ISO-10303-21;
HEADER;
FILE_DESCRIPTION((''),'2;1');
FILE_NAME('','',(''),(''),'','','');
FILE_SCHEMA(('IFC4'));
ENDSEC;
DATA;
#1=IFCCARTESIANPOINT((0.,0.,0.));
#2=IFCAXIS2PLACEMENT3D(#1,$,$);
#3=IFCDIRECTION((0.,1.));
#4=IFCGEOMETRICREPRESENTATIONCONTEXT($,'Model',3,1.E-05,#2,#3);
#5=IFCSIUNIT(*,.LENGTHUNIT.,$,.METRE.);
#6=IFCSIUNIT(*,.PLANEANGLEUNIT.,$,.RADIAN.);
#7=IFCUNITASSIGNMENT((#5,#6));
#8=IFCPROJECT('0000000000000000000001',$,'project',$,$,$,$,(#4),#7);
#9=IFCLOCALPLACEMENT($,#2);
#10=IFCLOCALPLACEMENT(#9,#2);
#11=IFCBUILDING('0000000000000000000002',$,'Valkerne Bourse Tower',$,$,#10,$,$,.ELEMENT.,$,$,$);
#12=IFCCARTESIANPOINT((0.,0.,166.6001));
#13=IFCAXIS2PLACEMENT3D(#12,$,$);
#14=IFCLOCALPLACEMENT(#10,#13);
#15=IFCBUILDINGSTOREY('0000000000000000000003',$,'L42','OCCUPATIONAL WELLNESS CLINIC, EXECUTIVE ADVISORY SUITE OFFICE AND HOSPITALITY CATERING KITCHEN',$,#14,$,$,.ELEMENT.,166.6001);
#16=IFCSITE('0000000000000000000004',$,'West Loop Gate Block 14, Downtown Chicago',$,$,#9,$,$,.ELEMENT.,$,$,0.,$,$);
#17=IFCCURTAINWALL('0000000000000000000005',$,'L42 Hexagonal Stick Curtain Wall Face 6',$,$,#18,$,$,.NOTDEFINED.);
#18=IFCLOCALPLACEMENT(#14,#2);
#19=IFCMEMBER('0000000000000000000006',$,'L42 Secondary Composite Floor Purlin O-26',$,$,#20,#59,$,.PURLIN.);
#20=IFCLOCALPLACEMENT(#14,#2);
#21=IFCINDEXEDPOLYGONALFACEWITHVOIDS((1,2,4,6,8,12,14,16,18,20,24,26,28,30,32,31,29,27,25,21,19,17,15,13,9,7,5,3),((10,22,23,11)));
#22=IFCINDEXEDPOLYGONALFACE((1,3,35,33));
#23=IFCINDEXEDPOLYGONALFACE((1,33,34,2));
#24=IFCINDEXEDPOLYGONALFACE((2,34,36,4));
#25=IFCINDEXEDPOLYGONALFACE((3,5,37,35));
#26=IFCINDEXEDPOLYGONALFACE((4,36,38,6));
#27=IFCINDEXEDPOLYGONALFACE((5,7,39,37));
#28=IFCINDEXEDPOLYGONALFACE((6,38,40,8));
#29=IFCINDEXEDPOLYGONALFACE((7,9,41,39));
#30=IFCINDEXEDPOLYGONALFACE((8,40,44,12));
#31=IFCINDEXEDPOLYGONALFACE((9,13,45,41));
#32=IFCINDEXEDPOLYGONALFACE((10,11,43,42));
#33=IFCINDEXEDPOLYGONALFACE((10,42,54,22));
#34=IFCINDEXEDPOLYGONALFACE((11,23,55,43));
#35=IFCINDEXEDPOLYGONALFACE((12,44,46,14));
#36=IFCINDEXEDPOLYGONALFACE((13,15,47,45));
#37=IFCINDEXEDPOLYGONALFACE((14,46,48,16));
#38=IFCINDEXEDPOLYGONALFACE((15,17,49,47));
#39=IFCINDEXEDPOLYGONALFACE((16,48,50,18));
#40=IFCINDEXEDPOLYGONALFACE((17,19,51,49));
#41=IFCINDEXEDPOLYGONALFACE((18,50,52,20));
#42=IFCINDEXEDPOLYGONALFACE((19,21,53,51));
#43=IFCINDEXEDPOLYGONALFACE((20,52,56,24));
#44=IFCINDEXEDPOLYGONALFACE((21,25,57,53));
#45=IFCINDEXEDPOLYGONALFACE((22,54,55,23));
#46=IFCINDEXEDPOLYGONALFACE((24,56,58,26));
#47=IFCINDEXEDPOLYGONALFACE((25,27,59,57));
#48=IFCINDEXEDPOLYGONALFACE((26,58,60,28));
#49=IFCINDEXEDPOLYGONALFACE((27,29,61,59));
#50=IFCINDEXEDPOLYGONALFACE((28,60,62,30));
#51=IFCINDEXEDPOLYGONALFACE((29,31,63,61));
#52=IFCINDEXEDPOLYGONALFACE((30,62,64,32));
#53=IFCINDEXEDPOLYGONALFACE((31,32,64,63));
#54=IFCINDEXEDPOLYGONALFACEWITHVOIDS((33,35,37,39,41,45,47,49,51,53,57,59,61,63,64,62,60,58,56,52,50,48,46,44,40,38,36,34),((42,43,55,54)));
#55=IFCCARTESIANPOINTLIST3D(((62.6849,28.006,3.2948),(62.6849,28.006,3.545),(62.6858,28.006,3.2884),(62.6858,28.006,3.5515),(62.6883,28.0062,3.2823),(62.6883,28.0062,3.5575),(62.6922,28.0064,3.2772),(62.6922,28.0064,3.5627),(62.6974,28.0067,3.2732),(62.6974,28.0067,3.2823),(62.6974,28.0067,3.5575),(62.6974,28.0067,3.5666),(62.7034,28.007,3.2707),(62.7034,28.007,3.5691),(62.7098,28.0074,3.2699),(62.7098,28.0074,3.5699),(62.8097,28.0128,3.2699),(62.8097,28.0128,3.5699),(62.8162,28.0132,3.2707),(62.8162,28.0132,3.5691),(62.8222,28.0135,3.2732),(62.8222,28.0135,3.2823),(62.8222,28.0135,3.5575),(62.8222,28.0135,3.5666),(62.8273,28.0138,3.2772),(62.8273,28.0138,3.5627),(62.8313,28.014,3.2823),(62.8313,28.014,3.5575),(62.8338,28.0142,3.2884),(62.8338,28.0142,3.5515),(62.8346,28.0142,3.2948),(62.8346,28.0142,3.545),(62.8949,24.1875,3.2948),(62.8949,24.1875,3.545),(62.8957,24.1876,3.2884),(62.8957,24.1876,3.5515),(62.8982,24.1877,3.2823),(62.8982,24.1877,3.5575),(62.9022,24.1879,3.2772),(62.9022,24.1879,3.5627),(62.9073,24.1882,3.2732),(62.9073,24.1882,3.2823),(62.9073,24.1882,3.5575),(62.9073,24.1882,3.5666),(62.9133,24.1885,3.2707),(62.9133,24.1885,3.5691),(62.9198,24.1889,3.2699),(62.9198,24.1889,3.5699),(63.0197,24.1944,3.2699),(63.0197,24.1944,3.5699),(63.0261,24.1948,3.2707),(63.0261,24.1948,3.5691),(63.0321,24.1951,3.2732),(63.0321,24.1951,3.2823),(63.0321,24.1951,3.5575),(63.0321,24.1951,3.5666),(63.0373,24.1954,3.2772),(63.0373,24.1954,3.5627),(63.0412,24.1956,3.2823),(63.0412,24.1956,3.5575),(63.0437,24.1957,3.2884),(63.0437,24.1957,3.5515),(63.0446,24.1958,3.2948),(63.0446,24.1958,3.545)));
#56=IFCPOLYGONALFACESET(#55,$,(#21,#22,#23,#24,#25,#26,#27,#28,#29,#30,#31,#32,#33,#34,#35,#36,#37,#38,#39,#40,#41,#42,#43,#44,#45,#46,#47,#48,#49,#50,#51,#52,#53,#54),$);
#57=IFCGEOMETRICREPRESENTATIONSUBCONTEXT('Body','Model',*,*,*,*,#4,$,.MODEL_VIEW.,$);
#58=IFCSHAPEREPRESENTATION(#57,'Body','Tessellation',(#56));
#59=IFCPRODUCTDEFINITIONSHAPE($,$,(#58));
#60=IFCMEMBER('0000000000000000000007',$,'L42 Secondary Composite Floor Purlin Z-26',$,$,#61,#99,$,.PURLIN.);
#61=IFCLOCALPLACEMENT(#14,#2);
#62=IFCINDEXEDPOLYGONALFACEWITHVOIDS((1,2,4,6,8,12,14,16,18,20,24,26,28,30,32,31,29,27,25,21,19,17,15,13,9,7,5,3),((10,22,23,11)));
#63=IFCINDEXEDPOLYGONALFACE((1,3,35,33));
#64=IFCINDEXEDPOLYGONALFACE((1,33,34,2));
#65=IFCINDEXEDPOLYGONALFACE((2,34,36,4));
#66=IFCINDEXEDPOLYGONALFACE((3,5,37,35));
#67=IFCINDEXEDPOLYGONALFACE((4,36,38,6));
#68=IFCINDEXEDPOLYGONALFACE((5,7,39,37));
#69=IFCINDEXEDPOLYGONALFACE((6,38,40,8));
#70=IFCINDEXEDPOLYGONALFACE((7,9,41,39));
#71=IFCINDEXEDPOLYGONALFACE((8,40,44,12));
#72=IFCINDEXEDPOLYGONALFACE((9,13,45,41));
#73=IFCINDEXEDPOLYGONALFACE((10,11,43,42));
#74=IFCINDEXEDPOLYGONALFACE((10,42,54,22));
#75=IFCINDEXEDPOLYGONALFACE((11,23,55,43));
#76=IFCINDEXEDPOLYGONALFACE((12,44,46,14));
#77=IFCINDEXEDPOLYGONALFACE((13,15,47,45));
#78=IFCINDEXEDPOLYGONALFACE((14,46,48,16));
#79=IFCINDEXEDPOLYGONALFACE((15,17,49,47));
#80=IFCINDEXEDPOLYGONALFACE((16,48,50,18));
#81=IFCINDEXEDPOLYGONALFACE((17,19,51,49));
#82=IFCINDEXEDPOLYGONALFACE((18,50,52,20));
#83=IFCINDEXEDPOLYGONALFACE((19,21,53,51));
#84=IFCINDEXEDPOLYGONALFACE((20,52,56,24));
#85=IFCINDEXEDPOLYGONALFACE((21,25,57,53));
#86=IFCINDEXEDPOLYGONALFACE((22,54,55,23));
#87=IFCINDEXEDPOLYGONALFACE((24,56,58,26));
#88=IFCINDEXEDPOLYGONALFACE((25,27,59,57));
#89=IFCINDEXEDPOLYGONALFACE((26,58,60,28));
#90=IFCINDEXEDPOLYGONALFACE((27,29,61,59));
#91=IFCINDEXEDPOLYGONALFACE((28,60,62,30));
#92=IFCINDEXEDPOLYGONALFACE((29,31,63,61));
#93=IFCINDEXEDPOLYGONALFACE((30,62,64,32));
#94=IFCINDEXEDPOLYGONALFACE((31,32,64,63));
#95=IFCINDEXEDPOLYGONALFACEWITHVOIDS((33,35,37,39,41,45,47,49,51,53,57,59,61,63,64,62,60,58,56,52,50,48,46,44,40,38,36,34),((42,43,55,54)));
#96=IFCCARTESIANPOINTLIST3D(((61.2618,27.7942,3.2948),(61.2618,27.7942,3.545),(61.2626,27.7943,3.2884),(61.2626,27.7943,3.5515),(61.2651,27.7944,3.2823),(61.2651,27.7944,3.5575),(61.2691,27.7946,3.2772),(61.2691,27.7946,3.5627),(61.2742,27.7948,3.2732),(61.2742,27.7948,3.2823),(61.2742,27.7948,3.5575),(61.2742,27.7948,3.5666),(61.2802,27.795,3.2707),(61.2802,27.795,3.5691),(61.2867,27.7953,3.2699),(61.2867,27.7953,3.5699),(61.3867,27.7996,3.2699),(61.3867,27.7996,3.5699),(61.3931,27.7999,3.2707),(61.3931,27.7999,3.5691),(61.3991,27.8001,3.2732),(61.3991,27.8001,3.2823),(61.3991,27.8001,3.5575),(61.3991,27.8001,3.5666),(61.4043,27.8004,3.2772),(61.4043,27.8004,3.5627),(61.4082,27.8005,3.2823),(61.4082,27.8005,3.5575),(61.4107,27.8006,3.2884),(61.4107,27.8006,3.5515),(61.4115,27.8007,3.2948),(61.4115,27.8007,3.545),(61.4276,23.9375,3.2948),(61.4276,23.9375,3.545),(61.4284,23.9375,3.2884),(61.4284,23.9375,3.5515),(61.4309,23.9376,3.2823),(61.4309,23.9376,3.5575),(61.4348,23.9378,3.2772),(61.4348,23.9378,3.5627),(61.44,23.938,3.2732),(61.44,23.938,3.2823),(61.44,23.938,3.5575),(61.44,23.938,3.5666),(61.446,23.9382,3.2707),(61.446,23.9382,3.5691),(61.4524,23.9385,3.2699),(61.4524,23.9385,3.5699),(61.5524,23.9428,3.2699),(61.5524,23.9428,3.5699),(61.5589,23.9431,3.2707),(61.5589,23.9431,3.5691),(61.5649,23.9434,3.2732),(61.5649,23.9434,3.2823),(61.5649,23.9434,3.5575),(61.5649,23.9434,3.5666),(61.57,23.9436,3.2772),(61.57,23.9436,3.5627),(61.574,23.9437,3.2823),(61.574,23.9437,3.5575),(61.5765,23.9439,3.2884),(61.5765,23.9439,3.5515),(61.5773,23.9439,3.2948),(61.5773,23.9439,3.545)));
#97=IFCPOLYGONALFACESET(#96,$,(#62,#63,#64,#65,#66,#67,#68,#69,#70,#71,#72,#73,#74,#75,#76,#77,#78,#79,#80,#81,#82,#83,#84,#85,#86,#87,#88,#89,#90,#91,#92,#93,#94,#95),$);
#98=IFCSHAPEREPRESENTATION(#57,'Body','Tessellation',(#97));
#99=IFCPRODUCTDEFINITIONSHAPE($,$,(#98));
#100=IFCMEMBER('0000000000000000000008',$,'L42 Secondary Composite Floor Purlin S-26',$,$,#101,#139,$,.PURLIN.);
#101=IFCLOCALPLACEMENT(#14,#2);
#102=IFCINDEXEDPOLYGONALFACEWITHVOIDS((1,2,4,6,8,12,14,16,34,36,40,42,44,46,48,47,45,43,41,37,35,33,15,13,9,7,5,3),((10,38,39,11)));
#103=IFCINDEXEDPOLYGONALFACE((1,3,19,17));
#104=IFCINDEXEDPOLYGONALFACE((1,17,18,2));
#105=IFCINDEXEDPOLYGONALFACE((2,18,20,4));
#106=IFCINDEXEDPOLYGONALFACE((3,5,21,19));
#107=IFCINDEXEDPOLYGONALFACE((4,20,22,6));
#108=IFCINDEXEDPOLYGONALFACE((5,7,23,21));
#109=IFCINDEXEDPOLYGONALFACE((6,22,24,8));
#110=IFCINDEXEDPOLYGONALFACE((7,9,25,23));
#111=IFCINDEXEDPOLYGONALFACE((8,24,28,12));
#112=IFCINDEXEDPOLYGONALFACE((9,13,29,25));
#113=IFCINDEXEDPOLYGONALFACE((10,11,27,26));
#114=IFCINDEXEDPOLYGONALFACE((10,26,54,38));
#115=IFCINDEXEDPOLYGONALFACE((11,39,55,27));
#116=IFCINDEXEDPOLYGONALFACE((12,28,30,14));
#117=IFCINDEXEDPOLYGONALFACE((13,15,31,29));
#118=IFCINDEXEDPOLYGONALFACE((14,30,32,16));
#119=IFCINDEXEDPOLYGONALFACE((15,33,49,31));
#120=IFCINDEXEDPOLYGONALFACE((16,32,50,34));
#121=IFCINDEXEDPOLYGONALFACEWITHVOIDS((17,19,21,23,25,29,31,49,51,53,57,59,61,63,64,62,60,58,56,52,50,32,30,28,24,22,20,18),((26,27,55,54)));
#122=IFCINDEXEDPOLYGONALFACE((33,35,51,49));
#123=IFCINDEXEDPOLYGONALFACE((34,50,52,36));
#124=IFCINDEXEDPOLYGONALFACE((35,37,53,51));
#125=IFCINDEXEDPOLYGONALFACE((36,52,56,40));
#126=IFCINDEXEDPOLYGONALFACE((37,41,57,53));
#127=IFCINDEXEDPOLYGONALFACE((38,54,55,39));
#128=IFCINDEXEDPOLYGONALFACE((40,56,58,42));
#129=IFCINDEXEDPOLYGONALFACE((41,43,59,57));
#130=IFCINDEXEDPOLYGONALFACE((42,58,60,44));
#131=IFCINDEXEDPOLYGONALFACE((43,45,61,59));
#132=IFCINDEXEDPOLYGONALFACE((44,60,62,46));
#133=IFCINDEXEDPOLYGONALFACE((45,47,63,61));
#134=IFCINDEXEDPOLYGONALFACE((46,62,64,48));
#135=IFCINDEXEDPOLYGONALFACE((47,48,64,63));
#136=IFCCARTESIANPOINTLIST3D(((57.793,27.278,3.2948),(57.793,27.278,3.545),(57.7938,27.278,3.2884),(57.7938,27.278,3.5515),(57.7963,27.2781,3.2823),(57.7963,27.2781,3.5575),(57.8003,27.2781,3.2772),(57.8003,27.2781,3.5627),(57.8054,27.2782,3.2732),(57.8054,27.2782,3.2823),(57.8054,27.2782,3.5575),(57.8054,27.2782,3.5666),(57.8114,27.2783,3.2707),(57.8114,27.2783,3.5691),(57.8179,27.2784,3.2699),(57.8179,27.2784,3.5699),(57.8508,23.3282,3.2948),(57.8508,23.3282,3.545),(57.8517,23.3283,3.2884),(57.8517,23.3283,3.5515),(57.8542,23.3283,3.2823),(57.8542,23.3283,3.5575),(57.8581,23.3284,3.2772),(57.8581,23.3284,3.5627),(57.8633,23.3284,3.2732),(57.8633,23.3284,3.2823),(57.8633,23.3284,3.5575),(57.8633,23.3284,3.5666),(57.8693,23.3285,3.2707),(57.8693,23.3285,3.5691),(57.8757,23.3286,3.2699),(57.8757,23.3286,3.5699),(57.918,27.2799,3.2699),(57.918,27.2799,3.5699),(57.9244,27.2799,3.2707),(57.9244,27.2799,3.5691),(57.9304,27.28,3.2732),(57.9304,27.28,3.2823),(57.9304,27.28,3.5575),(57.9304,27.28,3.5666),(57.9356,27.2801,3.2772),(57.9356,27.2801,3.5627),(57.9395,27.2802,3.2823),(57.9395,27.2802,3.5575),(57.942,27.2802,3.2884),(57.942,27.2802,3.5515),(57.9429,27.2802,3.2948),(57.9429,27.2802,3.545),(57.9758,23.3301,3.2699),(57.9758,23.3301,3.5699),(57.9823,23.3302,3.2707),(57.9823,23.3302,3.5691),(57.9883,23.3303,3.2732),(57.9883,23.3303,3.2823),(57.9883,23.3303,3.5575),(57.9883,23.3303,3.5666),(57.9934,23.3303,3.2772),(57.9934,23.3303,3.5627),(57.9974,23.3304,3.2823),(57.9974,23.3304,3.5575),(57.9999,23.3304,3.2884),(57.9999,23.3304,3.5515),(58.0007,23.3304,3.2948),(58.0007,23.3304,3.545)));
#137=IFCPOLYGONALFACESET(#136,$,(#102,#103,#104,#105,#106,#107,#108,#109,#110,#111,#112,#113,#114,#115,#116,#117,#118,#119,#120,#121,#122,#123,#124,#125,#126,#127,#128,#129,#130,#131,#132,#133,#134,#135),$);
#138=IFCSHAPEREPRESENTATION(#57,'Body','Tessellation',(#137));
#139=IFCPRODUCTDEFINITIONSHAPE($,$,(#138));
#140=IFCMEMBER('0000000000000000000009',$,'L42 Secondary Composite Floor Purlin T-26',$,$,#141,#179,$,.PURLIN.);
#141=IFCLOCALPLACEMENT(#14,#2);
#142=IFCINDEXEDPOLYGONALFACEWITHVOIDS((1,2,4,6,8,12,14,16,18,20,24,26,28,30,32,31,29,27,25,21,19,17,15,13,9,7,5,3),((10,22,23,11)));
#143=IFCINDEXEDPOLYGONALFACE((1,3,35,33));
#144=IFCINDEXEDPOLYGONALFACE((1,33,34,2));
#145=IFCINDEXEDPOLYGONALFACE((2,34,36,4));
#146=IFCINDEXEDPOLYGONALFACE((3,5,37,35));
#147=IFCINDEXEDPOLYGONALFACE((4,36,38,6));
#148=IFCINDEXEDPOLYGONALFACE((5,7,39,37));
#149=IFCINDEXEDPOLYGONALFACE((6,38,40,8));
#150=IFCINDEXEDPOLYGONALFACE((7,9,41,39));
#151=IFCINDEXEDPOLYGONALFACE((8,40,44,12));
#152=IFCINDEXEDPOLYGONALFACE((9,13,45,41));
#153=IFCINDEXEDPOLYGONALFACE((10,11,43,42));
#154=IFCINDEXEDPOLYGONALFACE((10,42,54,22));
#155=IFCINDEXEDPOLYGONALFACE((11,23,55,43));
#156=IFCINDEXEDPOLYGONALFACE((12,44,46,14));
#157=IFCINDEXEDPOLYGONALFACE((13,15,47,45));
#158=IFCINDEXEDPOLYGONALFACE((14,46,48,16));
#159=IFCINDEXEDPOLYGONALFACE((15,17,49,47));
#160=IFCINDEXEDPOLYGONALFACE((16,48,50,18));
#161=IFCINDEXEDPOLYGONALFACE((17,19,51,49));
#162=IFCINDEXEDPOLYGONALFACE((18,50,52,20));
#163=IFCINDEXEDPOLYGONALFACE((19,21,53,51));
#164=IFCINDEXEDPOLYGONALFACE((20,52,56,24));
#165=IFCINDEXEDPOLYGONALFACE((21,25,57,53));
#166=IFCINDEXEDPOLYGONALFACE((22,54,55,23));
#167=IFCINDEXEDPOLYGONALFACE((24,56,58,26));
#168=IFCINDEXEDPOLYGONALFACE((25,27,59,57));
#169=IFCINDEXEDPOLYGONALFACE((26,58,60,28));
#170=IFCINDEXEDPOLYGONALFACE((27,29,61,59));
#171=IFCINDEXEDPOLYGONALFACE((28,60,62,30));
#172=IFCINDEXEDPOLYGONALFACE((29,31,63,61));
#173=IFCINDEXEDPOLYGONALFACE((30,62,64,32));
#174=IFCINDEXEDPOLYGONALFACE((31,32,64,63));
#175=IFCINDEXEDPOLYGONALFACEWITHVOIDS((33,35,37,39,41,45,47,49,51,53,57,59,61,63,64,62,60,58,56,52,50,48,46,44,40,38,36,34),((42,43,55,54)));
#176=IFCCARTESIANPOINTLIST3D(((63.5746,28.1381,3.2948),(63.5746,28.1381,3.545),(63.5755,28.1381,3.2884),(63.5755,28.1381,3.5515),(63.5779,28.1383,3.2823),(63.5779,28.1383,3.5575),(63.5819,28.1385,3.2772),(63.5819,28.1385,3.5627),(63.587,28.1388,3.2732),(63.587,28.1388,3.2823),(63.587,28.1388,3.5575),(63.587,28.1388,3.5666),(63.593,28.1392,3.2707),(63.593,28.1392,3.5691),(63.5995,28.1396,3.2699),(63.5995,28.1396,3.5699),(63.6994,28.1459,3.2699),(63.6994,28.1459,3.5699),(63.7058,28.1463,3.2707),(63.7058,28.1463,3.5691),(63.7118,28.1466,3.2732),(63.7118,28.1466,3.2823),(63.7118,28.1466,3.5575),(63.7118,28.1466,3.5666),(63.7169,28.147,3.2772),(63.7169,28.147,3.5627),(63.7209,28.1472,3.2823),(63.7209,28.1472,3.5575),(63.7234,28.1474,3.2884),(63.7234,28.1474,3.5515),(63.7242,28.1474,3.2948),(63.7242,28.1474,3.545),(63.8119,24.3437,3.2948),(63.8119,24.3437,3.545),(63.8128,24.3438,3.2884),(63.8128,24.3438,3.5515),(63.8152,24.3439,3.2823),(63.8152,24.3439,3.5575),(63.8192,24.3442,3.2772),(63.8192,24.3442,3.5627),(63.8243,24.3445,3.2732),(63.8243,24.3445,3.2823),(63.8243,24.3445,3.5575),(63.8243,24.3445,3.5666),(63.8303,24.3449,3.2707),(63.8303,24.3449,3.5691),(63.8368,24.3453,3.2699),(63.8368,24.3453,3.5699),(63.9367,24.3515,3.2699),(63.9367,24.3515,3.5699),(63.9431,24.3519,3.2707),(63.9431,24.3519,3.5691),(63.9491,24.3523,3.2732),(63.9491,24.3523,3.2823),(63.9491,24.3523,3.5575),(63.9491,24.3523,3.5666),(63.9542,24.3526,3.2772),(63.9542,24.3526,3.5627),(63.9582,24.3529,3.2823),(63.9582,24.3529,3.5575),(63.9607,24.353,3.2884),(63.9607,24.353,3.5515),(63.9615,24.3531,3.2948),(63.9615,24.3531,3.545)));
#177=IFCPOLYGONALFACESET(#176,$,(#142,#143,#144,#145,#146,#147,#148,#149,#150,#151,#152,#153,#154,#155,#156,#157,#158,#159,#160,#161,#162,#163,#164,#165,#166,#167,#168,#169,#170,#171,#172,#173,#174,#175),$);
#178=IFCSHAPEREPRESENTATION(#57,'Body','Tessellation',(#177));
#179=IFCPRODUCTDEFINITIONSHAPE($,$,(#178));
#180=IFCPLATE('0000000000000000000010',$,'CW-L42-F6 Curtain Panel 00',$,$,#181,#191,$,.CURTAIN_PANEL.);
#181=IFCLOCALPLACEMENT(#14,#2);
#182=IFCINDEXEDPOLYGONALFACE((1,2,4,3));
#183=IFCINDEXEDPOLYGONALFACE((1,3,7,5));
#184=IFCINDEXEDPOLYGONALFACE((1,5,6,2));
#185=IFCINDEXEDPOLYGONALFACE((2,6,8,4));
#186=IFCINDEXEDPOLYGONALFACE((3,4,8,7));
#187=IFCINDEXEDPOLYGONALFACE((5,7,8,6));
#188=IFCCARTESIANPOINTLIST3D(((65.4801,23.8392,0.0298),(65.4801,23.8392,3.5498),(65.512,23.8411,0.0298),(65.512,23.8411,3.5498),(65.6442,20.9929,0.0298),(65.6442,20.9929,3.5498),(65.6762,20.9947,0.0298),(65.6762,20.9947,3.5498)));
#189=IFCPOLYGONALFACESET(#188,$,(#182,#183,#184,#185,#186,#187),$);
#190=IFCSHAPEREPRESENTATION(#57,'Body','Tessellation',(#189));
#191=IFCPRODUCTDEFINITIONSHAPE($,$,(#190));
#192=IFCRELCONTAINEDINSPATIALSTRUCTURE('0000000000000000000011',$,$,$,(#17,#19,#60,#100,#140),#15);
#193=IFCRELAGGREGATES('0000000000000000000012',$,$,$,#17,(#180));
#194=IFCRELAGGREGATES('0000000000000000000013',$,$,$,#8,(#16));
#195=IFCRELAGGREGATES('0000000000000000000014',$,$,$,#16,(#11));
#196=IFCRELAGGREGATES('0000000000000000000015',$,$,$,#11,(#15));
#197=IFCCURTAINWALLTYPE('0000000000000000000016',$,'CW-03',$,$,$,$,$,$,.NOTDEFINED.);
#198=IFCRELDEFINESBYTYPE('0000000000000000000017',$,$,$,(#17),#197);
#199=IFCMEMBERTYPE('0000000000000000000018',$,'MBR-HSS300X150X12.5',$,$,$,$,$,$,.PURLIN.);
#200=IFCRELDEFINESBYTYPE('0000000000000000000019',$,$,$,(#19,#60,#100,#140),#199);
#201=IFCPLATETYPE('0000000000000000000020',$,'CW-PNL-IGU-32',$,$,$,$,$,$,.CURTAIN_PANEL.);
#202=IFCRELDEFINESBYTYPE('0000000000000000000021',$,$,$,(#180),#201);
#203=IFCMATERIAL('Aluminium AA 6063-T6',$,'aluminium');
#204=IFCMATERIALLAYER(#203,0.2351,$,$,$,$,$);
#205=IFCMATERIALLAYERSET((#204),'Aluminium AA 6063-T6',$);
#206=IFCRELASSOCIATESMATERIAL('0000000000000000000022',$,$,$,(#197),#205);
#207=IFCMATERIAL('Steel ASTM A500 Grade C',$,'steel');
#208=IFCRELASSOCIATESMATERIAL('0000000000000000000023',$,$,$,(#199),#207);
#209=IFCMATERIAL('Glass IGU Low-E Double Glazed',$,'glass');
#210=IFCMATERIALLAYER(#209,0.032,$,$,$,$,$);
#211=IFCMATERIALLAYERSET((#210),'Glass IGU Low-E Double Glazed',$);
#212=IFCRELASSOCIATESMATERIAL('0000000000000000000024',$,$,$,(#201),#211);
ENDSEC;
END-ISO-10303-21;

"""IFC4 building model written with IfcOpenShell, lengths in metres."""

from ifc_helpers import new_model, si_unit, direction, frame, origin, origin_2d, place, context, subcontext, project, spatial, rectangle, hollow_rectangle, extrude, material, layer, layer_set, material_profile, profile_set, type_object, element, aggregate, save


model = new_model("IFC4")

# Units and contexts
model_context = context("Model", 3, precision=1e-05, world=origin(), true_north=direction((0.0, 1.0)))
body_context = subcontext(model_context, "Body", "Model", "MODEL_VIEW")
ifc_project = project(units=[si_unit("LENGTHUNIT", "METRE"), si_unit("PLANEANGLEUNIT", "RADIAN")], contexts=[model_context])

# Site, building, storey
site_placement = place(None, origin())
site = spatial("IfcSite", under=ifc_project, at=site_placement, Name="West Loop Gate Block 14, Downtown Chicago", CompositionType="ELEMENT", RefElevation=0.0)
building_placement = place(site_placement, origin())
building = spatial("IfcBuilding", under=site, at=building_placement, Name="Valkerne Bourse Tower", CompositionType="ELEMENT")
storey_placement = place(building_placement, frame((0.0, 0.0, 166.6001)))
storey = spatial("IfcBuildingStorey", under=building, at=storey_placement, Name="L42", Description="OCCUPATIONAL WELLNESS CLINIC, EXECUTIVE ADVISORY SUITE OFFICE AND HOSPITALITY CATERING KITCHEN", CompositionType="ELEMENT", Elevation=166.6001)

# Curtain wall
ifc_material_1 = material(Name="Aluminium AA 6063-T6", Category="aluminium")
ifc_layer_1 = layer(ifc_material_1, 0.2351)
ifc_layer_set_1 = layer_set([ifc_layer_1], Name="Aluminium AA 6063-T6")
curtain_wall_type = type_object("IfcCurtainWallType", Name="CW-03", PredefinedType="NOTDEFINED", material=ifc_layer_set_1)
curtain_wall_placement = place(storey_placement, origin())
curtain_wall = element("IfcCurtainWall", 1, at=curtain_wall_placement, inside=storey, type_object=curtain_wall_type, Name="L42 Hexagonal Stick Curtain Wall Face 6", PredefinedType="NOTDEFINED")

# Members
ifc_material_2 = material(Name="Steel ASTM A500 Grade C", Category="steel")
ifc_material_profile_1 = material_profile(ifc_material_2, hollow_rectangle(XDim=0.1499, YDim=0.3, WallThickness=0.0125, OuterFilletRadius=0.0249, at=origin_2d()), Name="HSS300X150X12.5")
ifc_profile_set_1 = profile_set([ifc_material_profile_1], Name="Steel ASTM A500 Grade C")
member_type_1 = type_object("IfcMemberType", Name="MBR-HSS300X150X12.5", PredefinedType="PURLIN", material=ifc_profile_set_1)
member_1_placement = place(storey_placement, frame((62.9697, 24.1917, 3.4199), z_axis=(-0.054904, 0.998492, 0.0), x_axis=(-0.998492, -0.054904, 0.0)))
element("IfcMember", 2, at=member_1_placement, inside=storey, type_object=member_type_1, Name="L42 Secondary Composite Floor Purlin O-26", PredefinedType="PURLIN", context=body_context, shape_type="SweptSolid", body=[
    extrude(hollow_rectangle(XDim=0.1499, YDim=0.3, WallThickness=0.0125, OuterFilletRadius=0.0249, at=origin_2d()), origin(), (0.0, 0.0, 1.0), 3.8242),
])
member_2_placement = place(storey_placement, frame((61.5024, 23.9407, 3.4199), z_axis=(-0.042943, 0.999078, 0.0), x_axis=(-0.999078, -0.042943, 0.0)))
element("IfcMember", 3, at=member_2_placement, inside=storey, type_object=member_type_1, Name="L42 Secondary Composite Floor Purlin Z-26", PredefinedType="PURLIN", context=body_context, shape_type="SweptSolid", body=[
    extrude(hollow_rectangle(XDim=0.1499, YDim=0.3, WallThickness=0.0125, OuterFilletRadius=0.0249, at=origin_2d()), origin(), (0.0, 0.0, 1.0), 3.8604),
])
member_3_placement = place(storey_placement, frame((57.9258, 23.3293, 3.4199), z_axis=(-0.014648, 0.999893, 0.0), x_axis=(-0.999893, -0.014648, 0.0)))
element("IfcMember", 4, at=member_3_placement, inside=storey, type_object=member_type_1, Name="L42 Secondary Composite Floor Purlin S-26", PredefinedType="PURLIN", context=body_context, shape_type="SweptSolid", body=[
    extrude(hollow_rectangle(XDim=0.1499, YDim=0.3, WallThickness=0.0125, OuterFilletRadius=0.0249, at=origin_2d()), origin(), (0.0, 0.0, 1.0), 3.9502),
])
member_4_placement = place(storey_placement, frame((63.8867, 24.3484, 3.4199), z_axis=(-0.062418, 0.99805, 0.0), x_axis=(-0.99805, -0.062418, 0.0)))
element("IfcMember", 5, at=member_4_placement, inside=storey, type_object=member_type_1, Name="L42 Secondary Composite Floor Purlin T-26", PredefinedType="PURLIN", context=body_context, shape_type="SweptSolid", body=[
    extrude(hollow_rectangle(XDim=0.1499, YDim=0.3, WallThickness=0.0125, OuterFilletRadius=0.0249, at=origin_2d()), origin(), (0.0, 0.0, 1.0), 3.8018),
])

# Plate
ifc_material_3 = material(Name="Glass IGU Low-E Double Glazed", Category="glass")
ifc_layer_2 = layer(ifc_material_3, 0.032)
ifc_layer_set_2 = layer_set([ifc_layer_2], Name="Glass IGU Low-E Double Glazed")
plate_type = type_object("IfcPlateType", Name="CW-PNL-IGU-32", PredefinedType="CURTAIN_PANEL", material=ifc_layer_set_2)
plate_placement = place(storey_placement, frame((65.5781, 22.417, 0.0298), z_axis=(0.0, 0.0, 1.0), x_axis=(-0.05757, 0.998341, 0.0)))
plate = element("IfcPlate", 6, at=plate_placement, type_object=plate_type, Name="CW-L42-F6 Curtain Panel 00", PredefinedType="CURTAIN_PANEL", context=body_context, shape_type="SweptSolid", body=[
    extrude(rectangle(XDim=2.8511, YDim=0.032, at=origin_2d()), origin(), (0.0, 0.0, 1.0), 3.52),
])
aggregate(curtain_wall, [plate])

save(model, "model.ifc")
